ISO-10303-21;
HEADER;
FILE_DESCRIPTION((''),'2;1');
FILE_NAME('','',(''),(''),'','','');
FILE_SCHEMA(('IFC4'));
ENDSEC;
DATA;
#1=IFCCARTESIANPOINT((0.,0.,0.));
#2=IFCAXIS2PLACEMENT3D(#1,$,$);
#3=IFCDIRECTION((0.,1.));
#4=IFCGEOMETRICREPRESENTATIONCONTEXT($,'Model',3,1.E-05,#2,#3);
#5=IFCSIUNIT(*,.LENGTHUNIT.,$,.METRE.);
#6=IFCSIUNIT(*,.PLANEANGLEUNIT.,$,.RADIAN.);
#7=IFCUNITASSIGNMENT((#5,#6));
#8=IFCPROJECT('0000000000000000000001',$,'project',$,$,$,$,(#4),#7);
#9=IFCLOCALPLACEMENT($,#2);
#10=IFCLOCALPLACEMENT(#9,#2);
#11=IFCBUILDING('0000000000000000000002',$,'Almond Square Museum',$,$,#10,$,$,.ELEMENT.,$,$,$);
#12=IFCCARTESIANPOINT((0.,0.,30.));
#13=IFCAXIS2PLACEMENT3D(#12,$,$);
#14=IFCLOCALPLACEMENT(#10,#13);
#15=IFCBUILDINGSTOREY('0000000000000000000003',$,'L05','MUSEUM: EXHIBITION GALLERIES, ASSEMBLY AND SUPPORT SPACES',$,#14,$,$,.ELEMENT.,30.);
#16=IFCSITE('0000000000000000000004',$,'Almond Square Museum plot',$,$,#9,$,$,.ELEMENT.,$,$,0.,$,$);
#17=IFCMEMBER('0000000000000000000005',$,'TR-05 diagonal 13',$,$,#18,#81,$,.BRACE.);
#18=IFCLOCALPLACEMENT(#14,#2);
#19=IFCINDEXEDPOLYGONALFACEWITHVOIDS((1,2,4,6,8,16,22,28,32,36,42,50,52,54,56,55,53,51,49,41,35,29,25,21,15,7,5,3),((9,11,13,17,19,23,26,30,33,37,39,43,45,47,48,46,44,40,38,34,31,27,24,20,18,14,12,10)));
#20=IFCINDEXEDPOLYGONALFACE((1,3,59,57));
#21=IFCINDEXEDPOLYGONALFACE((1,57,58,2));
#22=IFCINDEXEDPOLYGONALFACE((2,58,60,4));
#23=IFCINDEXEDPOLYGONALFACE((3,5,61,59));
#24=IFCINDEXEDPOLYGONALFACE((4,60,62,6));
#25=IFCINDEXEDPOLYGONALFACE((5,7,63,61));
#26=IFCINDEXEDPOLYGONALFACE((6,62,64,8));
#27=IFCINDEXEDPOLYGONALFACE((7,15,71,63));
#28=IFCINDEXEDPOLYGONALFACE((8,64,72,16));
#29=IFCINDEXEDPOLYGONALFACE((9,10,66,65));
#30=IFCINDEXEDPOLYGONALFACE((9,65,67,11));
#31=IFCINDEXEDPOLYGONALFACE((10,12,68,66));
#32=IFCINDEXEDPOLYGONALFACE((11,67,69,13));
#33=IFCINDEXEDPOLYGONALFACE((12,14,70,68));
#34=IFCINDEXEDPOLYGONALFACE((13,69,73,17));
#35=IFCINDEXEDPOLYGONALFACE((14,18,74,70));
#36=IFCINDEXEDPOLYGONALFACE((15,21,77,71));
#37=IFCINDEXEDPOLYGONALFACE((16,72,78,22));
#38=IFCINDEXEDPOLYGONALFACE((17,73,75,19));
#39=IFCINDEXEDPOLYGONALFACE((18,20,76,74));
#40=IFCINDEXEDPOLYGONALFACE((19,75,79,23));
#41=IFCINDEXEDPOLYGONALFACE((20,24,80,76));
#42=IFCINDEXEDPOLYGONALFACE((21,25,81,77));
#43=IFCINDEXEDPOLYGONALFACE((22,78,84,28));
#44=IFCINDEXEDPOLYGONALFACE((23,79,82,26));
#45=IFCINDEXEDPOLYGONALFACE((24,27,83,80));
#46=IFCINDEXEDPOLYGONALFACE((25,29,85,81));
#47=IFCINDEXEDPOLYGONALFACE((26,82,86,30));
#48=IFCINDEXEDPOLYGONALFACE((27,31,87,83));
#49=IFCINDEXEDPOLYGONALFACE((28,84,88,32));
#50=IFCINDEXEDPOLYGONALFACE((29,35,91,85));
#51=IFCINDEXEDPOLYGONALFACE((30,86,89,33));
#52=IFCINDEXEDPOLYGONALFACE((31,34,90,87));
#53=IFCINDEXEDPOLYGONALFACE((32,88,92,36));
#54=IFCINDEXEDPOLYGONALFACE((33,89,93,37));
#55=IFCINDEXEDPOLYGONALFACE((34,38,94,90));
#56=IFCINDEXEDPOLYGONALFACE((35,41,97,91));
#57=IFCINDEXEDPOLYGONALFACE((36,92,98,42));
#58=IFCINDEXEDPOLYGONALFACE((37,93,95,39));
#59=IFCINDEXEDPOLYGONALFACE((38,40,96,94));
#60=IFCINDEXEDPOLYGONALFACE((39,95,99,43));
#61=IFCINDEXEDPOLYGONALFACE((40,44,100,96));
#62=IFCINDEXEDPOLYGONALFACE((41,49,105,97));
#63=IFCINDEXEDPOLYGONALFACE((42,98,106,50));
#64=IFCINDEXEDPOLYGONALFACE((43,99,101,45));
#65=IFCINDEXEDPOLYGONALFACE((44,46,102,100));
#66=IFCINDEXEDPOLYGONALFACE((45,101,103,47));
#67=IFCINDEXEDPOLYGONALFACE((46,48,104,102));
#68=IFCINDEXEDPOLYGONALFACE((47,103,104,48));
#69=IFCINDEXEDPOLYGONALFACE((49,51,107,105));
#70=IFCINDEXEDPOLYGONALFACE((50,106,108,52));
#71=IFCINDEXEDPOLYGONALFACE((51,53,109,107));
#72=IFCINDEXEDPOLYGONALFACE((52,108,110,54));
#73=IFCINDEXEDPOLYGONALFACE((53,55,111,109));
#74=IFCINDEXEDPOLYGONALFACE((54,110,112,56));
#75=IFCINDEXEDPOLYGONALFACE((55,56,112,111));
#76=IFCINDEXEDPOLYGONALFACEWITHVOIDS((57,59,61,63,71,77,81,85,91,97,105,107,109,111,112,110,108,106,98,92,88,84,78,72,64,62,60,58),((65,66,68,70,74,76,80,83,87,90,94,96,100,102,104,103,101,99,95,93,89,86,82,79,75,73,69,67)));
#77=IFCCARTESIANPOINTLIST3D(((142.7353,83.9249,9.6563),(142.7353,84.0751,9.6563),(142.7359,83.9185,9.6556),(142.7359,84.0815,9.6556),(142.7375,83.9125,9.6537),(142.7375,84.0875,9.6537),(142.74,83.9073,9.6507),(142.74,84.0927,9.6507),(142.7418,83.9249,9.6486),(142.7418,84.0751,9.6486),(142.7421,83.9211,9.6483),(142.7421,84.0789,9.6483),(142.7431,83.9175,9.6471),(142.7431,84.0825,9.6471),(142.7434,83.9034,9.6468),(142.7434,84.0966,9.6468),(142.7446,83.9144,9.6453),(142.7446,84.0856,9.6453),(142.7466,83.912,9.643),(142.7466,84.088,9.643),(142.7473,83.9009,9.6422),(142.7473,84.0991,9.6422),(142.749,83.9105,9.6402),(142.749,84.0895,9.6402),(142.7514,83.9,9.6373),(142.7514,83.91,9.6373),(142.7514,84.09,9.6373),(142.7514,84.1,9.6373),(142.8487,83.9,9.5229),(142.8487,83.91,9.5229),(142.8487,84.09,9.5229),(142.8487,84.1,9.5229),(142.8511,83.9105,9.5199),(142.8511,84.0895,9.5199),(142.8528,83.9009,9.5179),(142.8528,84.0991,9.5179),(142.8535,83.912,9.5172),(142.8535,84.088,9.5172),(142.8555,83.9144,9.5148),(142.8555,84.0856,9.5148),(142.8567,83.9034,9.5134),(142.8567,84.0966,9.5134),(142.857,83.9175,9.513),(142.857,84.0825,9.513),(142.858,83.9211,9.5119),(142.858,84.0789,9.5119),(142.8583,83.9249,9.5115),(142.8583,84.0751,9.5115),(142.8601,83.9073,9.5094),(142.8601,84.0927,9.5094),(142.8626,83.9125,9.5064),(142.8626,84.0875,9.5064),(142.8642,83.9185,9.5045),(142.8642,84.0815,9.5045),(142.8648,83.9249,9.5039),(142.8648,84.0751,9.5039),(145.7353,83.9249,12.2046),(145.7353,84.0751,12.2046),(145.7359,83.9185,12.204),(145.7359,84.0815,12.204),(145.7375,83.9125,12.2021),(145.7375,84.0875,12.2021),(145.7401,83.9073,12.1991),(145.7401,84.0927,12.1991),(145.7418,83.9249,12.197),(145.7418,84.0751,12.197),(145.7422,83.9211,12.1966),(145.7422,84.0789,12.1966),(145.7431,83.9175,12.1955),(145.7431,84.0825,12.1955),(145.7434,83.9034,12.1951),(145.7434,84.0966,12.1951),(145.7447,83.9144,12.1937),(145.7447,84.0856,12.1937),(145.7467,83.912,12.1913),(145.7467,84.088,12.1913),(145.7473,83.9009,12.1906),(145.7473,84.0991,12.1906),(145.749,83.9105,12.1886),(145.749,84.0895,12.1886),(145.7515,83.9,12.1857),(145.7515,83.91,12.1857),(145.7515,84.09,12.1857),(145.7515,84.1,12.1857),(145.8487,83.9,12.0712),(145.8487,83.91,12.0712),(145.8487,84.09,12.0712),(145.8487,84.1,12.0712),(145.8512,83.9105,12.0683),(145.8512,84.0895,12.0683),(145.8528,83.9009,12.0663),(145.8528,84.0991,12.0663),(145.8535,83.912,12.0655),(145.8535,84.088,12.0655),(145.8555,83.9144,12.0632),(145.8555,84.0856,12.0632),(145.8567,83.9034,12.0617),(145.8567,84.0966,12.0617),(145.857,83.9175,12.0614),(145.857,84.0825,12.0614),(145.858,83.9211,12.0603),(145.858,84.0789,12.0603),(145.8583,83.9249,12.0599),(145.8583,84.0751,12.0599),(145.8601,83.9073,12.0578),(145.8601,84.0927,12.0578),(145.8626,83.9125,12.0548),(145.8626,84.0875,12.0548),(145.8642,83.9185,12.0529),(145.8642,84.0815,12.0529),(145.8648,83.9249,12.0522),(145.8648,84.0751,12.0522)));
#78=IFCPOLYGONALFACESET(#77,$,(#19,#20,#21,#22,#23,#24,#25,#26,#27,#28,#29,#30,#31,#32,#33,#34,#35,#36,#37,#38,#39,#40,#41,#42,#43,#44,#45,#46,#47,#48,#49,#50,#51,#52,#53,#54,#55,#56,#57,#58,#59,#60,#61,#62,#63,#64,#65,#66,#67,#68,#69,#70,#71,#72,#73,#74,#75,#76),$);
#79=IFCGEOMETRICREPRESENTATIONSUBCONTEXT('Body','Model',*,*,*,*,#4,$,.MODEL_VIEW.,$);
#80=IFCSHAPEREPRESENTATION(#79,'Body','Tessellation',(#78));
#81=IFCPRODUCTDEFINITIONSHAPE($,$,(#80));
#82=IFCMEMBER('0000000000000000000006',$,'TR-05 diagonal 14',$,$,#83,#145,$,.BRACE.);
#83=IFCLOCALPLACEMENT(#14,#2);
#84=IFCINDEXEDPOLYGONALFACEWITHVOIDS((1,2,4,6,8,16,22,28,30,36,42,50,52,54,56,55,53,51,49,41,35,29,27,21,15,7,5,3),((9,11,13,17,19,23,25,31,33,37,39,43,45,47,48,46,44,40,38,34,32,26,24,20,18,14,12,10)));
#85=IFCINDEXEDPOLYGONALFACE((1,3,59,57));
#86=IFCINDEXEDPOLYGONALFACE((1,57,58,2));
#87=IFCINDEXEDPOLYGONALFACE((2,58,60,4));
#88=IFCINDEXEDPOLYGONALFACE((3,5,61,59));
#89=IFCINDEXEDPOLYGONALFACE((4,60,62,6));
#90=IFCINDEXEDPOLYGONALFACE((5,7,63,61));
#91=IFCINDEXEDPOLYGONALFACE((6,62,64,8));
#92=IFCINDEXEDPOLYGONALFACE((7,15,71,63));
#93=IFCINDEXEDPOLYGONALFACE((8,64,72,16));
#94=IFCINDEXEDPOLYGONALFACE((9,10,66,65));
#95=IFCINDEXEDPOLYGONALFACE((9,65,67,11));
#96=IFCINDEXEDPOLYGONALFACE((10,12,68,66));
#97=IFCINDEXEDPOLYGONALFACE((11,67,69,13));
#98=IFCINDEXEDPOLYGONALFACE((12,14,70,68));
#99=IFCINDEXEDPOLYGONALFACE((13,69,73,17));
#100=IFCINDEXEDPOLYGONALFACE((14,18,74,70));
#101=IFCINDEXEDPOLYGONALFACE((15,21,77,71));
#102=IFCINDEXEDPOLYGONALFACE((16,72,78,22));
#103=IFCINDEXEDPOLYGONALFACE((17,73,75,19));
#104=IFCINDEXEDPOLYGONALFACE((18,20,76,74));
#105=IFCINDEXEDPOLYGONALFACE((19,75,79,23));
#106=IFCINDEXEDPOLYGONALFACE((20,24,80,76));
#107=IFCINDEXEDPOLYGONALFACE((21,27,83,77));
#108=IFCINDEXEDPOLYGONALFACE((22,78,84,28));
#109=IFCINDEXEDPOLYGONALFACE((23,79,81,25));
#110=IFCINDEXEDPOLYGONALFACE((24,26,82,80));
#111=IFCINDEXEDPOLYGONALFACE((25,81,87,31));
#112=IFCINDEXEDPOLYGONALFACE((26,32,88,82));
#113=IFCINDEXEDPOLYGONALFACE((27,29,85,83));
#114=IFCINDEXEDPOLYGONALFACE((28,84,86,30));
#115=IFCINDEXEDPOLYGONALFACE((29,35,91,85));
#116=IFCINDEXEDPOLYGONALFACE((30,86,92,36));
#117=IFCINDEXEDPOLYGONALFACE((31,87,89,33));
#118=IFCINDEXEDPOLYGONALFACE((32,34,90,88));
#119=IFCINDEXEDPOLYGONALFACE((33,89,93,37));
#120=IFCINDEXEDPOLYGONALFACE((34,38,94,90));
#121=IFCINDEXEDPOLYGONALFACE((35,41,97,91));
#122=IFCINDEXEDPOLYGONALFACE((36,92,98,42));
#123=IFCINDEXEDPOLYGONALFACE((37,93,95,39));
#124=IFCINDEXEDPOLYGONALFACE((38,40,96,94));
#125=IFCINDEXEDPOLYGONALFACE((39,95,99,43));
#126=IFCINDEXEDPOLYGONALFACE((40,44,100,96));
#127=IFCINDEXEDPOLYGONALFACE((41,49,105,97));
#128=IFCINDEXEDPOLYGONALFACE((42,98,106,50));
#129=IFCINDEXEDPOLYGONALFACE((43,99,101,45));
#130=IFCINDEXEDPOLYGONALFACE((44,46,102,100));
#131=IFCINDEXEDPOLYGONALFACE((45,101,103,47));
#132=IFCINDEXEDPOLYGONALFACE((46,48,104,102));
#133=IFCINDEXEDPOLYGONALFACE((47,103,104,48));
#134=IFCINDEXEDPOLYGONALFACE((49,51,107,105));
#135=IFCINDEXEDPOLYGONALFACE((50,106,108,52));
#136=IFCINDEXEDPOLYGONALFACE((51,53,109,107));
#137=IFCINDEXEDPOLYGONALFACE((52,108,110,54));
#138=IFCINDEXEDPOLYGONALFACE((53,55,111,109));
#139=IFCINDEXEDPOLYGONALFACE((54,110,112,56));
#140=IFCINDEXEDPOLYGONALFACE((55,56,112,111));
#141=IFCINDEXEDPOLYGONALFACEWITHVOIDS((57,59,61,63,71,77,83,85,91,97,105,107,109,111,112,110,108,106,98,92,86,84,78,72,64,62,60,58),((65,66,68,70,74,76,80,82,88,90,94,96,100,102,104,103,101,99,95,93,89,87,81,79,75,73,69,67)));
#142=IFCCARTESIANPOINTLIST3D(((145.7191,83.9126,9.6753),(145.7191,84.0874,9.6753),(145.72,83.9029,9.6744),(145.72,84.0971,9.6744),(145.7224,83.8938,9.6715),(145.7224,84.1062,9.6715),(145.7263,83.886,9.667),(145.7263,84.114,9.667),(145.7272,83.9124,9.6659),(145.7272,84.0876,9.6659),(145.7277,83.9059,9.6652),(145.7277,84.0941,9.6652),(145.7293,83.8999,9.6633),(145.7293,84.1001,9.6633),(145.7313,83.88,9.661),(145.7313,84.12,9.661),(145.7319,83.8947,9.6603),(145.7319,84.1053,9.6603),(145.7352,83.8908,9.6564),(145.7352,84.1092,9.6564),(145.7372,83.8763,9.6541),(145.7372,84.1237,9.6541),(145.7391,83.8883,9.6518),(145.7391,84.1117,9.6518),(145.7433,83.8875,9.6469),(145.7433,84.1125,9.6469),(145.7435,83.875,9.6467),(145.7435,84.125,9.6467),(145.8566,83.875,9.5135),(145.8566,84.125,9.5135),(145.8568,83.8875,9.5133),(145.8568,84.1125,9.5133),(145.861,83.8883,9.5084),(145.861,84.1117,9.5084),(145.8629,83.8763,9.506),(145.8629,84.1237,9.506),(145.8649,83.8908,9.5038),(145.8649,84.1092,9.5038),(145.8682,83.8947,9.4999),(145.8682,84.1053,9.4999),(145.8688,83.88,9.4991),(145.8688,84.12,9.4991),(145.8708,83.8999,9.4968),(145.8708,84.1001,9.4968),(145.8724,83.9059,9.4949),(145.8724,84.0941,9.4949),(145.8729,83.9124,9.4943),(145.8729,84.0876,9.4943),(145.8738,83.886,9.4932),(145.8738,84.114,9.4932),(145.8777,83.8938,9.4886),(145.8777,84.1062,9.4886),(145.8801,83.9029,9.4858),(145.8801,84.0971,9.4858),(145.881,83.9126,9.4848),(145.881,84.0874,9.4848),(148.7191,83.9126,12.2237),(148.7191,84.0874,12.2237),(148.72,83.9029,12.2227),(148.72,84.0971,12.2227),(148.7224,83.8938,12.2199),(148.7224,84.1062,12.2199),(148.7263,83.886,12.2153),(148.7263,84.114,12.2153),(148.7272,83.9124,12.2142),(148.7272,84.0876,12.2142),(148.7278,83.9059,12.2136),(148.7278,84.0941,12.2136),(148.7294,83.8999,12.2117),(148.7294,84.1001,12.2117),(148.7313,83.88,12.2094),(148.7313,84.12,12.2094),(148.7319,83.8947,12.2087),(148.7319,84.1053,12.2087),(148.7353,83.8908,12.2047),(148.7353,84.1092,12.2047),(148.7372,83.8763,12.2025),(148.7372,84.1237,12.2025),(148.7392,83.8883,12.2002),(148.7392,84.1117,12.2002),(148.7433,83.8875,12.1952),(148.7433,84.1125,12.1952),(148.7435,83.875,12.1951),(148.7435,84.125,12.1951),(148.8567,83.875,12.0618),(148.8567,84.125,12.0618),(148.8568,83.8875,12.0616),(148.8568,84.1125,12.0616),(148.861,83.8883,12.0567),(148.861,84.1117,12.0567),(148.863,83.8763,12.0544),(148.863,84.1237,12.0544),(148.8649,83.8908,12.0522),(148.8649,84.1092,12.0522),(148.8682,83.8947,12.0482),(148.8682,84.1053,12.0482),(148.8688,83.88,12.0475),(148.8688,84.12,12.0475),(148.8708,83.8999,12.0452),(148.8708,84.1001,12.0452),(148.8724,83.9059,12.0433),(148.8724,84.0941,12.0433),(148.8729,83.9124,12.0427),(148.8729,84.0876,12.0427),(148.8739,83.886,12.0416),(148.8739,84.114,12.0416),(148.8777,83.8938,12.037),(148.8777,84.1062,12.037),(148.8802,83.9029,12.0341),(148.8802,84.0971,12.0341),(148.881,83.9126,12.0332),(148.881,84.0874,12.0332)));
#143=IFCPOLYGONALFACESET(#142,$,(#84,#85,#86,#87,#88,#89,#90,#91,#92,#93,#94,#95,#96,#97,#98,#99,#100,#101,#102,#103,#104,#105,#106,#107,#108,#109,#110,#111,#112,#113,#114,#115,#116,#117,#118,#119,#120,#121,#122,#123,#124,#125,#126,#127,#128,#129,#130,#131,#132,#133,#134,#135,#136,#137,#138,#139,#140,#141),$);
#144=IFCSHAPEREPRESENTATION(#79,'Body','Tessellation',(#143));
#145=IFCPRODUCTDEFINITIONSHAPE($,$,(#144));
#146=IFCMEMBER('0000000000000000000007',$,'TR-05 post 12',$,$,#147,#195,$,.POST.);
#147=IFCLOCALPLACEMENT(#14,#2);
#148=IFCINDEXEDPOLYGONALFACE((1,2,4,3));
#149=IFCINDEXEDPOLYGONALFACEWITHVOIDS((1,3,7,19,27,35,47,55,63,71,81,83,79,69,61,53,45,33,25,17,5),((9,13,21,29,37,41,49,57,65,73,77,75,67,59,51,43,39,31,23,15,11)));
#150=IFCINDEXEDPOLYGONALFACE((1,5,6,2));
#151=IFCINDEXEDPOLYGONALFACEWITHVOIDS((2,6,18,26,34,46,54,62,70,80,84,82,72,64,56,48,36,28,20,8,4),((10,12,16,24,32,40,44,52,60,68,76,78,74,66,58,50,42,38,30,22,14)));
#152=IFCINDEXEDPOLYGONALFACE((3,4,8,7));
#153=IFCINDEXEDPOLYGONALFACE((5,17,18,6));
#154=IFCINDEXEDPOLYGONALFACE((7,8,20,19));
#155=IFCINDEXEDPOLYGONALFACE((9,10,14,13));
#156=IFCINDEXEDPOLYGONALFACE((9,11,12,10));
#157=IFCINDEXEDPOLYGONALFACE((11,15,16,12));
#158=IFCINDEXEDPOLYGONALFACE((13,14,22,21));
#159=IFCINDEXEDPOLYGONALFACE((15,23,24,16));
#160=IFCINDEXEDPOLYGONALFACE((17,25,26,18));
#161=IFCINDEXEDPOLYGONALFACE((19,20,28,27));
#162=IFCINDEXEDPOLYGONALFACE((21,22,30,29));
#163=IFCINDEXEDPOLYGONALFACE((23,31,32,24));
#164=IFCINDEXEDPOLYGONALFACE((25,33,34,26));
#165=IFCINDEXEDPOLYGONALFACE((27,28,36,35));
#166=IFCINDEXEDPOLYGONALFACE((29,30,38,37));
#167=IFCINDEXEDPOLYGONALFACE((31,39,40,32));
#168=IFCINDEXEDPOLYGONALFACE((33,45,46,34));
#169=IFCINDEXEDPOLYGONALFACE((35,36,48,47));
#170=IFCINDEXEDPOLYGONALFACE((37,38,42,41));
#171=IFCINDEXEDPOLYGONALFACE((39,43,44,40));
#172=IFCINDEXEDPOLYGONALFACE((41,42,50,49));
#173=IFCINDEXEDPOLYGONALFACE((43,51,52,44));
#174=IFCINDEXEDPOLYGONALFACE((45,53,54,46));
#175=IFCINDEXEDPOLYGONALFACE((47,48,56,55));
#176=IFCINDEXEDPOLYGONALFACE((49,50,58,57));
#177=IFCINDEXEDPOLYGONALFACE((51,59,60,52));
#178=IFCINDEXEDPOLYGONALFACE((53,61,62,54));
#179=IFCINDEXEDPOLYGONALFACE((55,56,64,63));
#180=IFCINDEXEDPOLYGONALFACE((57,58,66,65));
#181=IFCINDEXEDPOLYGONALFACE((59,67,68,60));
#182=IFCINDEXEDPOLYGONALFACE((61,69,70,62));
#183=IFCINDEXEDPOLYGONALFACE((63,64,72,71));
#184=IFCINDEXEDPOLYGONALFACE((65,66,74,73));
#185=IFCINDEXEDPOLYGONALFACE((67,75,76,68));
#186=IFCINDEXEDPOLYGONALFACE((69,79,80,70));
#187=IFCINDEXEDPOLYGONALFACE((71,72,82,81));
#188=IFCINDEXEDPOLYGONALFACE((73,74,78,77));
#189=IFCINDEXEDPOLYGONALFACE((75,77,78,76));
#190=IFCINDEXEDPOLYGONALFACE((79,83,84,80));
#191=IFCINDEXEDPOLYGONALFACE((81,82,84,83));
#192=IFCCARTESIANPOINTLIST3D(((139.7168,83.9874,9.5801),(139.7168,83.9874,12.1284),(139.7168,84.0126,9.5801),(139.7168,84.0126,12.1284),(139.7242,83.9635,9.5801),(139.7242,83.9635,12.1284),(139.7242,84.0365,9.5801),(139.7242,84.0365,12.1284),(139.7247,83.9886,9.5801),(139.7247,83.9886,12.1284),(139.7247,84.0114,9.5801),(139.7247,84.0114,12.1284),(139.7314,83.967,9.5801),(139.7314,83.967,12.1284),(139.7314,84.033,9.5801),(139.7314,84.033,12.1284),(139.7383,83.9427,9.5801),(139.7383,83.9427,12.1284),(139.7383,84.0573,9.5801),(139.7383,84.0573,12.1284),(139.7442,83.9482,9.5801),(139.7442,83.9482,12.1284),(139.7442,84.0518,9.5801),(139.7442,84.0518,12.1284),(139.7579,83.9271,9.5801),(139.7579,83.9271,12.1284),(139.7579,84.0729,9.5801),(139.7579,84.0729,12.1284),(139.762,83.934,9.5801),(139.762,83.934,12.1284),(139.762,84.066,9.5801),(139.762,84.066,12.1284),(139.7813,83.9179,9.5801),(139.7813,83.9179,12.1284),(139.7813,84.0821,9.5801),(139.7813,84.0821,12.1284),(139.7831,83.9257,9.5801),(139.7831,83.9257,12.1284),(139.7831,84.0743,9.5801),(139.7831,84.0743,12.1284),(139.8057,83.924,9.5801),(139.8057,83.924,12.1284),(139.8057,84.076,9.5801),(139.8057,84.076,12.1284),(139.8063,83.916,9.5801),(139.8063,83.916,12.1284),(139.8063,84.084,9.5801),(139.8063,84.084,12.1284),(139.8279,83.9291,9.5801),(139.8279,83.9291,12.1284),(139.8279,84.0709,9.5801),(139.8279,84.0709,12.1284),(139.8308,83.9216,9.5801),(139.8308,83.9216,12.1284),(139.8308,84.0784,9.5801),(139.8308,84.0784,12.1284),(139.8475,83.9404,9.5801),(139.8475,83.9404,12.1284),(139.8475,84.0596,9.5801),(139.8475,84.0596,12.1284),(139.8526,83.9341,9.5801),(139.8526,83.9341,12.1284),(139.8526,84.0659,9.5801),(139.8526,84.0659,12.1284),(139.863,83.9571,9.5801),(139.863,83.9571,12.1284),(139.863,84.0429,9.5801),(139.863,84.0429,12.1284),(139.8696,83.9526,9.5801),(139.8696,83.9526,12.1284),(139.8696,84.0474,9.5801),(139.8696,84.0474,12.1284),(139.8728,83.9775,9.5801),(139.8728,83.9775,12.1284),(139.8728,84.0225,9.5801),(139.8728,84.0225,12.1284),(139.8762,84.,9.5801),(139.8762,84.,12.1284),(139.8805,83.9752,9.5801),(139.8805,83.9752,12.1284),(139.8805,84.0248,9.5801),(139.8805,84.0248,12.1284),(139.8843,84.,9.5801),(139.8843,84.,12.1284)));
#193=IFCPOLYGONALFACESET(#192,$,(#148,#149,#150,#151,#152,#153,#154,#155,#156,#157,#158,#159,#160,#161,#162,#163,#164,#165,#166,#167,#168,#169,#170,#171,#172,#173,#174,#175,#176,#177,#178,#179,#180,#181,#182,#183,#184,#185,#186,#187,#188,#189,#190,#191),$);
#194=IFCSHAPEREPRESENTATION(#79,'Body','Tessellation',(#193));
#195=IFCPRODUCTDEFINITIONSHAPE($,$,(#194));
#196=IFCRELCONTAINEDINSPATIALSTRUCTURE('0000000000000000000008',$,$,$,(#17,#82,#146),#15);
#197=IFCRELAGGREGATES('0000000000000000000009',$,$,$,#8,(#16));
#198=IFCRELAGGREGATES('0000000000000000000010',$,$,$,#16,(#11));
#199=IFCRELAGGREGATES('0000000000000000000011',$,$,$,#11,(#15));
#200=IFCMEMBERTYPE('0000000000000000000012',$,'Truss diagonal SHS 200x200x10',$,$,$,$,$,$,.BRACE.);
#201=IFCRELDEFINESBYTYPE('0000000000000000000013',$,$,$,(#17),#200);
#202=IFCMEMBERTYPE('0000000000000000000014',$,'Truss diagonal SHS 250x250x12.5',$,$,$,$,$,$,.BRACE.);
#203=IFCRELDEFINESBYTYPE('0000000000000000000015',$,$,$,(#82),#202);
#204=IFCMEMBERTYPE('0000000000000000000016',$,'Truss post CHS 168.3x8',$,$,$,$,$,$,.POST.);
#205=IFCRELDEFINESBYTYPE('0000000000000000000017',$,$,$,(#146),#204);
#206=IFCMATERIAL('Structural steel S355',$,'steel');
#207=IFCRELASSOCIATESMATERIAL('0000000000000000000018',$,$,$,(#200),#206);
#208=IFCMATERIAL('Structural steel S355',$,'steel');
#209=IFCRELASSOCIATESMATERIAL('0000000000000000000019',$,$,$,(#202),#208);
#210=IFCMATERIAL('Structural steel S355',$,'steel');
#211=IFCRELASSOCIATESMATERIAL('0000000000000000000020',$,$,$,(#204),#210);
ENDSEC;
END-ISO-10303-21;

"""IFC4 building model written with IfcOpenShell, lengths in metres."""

from ifc_helpers import new_model, si_unit, direction, frame, origin, origin_2d, place, context, subcontext, project, spatial, hollow_rectangle, hollow_circle, extrude, material, material_profile, profile_set, type_object, element, save


model = new_model("IFC4")

# Units and contexts
model_context = context("Model", 3, precision=1e-05, world=origin(), true_north=direction((0.0, 1.0)))
body_context = subcontext(model_context, "Body", "Model", "MODEL_VIEW")
ifc_project = project(units=[si_unit("LENGTHUNIT", "METRE"), si_unit("PLANEANGLEUNIT", "RADIAN")], contexts=[model_context])

# Site, building, storey
site_placement = place(None, origin())
site = spatial("IfcSite", under=ifc_project, at=site_placement, Name="Almond Square Museum plot", CompositionType="ELEMENT", RefElevation=0.0)
building_placement = place(site_placement, origin())
building = spatial("IfcBuilding", under=site, at=building_placement, Name="Almond Square Museum", CompositionType="ELEMENT")
storey_placement = place(building_placement, frame((0.0, 0.0, 30.0)))
storey = spatial("IfcBuildingStorey", under=building, at=storey_placement, Name="L05", Description="MUSEUM: EXHIBITION GALLERIES, ASSEMBLY AND SUPPORT SPACES", CompositionType="ELEMENT", Elevation=30.0)

# Members
ifc_material_1 = material(Name="Structural steel S355", Category="steel")
ifc_material_profile_1 = material_profile(ifc_material_1, hollow_rectangle(XDim=0.2, YDim=0.2, WallThickness=0.01, InnerFilletRadius=0.0149, OuterFilletRadius=0.0249, at=origin_2d()))
ifc_profile_set_1 = profile_set([ifc_material_profile_1], Name="Structural steel S355")
member_type_1 = type_object("IfcMemberType", Name="Truss diagonal SHS 200x200x10", PredefinedType="BRACE", material=ifc_profile_set_1)
member_1_placement = place(storey_placement, frame((142.8, 84.0, 9.5801), z_axis=(0.762147, 0.0, 0.647404), x_axis=(0.0, 1.0, 0.0)))
element("IfcMember", 1, at=member_1_placement, inside=storey, type_object=member_type_1, Name="TR-05 diagonal 13", PredefinedType="BRACE", context=body_context, shape_type="SweptSolid", body=[
    extrude(hollow_rectangle(XDim=0.2, YDim=0.2, WallThickness=0.01, InnerFilletRadius=0.0149, OuterFilletRadius=0.0249, at=origin_2d()), origin(), (0.0, 0.0, 1.0), 3.9363),
])
ifc_material_2 = material(Name="Structural steel S355", Category="steel")
ifc_material_profile_2 = material_profile(ifc_material_2, hollow_rectangle(XDim=0.25, YDim=0.25, WallThickness=0.0125, InnerFilletRadius=0.0249, OuterFilletRadius=0.0376, at=origin_2d()))
ifc_profile_set_2 = profile_set([ifc_material_profile_2], Name="Structural steel S355")
member_type_2 = type_object("IfcMemberType", Name="Truss diagonal SHS 250x250x12.5", PredefinedType="BRACE", material=ifc_profile_set_2)
member_2_placement = place(storey_placement, frame((145.8, 84.0, 9.5801), z_axis=(0.762147, 0.0, 0.647404), x_axis=(0.0, 1.0, 0.0)))
element("IfcMember", 2, at=member_2_placement, inside=storey, type_object=member_type_2, Name="TR-05 diagonal 14", PredefinedType="BRACE", context=body_context, shape_type="SweptSolid", body=[
    extrude(hollow_rectangle(XDim=0.25, YDim=0.25, WallThickness=0.0125, InnerFilletRadius=0.0249, OuterFilletRadius=0.0376, at=origin_2d()), origin(), (0.0, 0.0, 1.0), 3.9363),
])
ifc_material_3 = material(Name="Structural steel S355", Category="steel")
ifc_material_profile_3 = material_profile(ifc_material_3, hollow_circle(Radius=0.0842, WallThickness=0.0081, at=origin_2d()))
ifc_profile_set_3 = profile_set([ifc_material_profile_3], Name="Structural steel S355")
member_type_3 = type_object("IfcMemberType", Name="Truss post CHS 168.3x8", PredefinedType="POST", material=ifc_profile_set_3)
for number, where, z_axis, x_axis, name in (
    (3, (139.8, 84.0, 9.5801), (0.0, 0.0, 1.0), (1.0, 0.0, 0.0), "TR-05 post 12"),
):
    element("IfcMember", number, at=place(storey_placement, frame(where, z_axis=z_axis, x_axis=x_axis)), inside=storey, type_object=member_type_3, Name=name, PredefinedType="POST", context=body_context, shape_type="SweptSolid", body=[
        extrude(hollow_circle(Radius=0.0842, WallThickness=0.0081, at=origin_2d()), origin(), (0.0, 0.0, 1.0), 2.5483),
    ])

save(model, "model.ifc")
